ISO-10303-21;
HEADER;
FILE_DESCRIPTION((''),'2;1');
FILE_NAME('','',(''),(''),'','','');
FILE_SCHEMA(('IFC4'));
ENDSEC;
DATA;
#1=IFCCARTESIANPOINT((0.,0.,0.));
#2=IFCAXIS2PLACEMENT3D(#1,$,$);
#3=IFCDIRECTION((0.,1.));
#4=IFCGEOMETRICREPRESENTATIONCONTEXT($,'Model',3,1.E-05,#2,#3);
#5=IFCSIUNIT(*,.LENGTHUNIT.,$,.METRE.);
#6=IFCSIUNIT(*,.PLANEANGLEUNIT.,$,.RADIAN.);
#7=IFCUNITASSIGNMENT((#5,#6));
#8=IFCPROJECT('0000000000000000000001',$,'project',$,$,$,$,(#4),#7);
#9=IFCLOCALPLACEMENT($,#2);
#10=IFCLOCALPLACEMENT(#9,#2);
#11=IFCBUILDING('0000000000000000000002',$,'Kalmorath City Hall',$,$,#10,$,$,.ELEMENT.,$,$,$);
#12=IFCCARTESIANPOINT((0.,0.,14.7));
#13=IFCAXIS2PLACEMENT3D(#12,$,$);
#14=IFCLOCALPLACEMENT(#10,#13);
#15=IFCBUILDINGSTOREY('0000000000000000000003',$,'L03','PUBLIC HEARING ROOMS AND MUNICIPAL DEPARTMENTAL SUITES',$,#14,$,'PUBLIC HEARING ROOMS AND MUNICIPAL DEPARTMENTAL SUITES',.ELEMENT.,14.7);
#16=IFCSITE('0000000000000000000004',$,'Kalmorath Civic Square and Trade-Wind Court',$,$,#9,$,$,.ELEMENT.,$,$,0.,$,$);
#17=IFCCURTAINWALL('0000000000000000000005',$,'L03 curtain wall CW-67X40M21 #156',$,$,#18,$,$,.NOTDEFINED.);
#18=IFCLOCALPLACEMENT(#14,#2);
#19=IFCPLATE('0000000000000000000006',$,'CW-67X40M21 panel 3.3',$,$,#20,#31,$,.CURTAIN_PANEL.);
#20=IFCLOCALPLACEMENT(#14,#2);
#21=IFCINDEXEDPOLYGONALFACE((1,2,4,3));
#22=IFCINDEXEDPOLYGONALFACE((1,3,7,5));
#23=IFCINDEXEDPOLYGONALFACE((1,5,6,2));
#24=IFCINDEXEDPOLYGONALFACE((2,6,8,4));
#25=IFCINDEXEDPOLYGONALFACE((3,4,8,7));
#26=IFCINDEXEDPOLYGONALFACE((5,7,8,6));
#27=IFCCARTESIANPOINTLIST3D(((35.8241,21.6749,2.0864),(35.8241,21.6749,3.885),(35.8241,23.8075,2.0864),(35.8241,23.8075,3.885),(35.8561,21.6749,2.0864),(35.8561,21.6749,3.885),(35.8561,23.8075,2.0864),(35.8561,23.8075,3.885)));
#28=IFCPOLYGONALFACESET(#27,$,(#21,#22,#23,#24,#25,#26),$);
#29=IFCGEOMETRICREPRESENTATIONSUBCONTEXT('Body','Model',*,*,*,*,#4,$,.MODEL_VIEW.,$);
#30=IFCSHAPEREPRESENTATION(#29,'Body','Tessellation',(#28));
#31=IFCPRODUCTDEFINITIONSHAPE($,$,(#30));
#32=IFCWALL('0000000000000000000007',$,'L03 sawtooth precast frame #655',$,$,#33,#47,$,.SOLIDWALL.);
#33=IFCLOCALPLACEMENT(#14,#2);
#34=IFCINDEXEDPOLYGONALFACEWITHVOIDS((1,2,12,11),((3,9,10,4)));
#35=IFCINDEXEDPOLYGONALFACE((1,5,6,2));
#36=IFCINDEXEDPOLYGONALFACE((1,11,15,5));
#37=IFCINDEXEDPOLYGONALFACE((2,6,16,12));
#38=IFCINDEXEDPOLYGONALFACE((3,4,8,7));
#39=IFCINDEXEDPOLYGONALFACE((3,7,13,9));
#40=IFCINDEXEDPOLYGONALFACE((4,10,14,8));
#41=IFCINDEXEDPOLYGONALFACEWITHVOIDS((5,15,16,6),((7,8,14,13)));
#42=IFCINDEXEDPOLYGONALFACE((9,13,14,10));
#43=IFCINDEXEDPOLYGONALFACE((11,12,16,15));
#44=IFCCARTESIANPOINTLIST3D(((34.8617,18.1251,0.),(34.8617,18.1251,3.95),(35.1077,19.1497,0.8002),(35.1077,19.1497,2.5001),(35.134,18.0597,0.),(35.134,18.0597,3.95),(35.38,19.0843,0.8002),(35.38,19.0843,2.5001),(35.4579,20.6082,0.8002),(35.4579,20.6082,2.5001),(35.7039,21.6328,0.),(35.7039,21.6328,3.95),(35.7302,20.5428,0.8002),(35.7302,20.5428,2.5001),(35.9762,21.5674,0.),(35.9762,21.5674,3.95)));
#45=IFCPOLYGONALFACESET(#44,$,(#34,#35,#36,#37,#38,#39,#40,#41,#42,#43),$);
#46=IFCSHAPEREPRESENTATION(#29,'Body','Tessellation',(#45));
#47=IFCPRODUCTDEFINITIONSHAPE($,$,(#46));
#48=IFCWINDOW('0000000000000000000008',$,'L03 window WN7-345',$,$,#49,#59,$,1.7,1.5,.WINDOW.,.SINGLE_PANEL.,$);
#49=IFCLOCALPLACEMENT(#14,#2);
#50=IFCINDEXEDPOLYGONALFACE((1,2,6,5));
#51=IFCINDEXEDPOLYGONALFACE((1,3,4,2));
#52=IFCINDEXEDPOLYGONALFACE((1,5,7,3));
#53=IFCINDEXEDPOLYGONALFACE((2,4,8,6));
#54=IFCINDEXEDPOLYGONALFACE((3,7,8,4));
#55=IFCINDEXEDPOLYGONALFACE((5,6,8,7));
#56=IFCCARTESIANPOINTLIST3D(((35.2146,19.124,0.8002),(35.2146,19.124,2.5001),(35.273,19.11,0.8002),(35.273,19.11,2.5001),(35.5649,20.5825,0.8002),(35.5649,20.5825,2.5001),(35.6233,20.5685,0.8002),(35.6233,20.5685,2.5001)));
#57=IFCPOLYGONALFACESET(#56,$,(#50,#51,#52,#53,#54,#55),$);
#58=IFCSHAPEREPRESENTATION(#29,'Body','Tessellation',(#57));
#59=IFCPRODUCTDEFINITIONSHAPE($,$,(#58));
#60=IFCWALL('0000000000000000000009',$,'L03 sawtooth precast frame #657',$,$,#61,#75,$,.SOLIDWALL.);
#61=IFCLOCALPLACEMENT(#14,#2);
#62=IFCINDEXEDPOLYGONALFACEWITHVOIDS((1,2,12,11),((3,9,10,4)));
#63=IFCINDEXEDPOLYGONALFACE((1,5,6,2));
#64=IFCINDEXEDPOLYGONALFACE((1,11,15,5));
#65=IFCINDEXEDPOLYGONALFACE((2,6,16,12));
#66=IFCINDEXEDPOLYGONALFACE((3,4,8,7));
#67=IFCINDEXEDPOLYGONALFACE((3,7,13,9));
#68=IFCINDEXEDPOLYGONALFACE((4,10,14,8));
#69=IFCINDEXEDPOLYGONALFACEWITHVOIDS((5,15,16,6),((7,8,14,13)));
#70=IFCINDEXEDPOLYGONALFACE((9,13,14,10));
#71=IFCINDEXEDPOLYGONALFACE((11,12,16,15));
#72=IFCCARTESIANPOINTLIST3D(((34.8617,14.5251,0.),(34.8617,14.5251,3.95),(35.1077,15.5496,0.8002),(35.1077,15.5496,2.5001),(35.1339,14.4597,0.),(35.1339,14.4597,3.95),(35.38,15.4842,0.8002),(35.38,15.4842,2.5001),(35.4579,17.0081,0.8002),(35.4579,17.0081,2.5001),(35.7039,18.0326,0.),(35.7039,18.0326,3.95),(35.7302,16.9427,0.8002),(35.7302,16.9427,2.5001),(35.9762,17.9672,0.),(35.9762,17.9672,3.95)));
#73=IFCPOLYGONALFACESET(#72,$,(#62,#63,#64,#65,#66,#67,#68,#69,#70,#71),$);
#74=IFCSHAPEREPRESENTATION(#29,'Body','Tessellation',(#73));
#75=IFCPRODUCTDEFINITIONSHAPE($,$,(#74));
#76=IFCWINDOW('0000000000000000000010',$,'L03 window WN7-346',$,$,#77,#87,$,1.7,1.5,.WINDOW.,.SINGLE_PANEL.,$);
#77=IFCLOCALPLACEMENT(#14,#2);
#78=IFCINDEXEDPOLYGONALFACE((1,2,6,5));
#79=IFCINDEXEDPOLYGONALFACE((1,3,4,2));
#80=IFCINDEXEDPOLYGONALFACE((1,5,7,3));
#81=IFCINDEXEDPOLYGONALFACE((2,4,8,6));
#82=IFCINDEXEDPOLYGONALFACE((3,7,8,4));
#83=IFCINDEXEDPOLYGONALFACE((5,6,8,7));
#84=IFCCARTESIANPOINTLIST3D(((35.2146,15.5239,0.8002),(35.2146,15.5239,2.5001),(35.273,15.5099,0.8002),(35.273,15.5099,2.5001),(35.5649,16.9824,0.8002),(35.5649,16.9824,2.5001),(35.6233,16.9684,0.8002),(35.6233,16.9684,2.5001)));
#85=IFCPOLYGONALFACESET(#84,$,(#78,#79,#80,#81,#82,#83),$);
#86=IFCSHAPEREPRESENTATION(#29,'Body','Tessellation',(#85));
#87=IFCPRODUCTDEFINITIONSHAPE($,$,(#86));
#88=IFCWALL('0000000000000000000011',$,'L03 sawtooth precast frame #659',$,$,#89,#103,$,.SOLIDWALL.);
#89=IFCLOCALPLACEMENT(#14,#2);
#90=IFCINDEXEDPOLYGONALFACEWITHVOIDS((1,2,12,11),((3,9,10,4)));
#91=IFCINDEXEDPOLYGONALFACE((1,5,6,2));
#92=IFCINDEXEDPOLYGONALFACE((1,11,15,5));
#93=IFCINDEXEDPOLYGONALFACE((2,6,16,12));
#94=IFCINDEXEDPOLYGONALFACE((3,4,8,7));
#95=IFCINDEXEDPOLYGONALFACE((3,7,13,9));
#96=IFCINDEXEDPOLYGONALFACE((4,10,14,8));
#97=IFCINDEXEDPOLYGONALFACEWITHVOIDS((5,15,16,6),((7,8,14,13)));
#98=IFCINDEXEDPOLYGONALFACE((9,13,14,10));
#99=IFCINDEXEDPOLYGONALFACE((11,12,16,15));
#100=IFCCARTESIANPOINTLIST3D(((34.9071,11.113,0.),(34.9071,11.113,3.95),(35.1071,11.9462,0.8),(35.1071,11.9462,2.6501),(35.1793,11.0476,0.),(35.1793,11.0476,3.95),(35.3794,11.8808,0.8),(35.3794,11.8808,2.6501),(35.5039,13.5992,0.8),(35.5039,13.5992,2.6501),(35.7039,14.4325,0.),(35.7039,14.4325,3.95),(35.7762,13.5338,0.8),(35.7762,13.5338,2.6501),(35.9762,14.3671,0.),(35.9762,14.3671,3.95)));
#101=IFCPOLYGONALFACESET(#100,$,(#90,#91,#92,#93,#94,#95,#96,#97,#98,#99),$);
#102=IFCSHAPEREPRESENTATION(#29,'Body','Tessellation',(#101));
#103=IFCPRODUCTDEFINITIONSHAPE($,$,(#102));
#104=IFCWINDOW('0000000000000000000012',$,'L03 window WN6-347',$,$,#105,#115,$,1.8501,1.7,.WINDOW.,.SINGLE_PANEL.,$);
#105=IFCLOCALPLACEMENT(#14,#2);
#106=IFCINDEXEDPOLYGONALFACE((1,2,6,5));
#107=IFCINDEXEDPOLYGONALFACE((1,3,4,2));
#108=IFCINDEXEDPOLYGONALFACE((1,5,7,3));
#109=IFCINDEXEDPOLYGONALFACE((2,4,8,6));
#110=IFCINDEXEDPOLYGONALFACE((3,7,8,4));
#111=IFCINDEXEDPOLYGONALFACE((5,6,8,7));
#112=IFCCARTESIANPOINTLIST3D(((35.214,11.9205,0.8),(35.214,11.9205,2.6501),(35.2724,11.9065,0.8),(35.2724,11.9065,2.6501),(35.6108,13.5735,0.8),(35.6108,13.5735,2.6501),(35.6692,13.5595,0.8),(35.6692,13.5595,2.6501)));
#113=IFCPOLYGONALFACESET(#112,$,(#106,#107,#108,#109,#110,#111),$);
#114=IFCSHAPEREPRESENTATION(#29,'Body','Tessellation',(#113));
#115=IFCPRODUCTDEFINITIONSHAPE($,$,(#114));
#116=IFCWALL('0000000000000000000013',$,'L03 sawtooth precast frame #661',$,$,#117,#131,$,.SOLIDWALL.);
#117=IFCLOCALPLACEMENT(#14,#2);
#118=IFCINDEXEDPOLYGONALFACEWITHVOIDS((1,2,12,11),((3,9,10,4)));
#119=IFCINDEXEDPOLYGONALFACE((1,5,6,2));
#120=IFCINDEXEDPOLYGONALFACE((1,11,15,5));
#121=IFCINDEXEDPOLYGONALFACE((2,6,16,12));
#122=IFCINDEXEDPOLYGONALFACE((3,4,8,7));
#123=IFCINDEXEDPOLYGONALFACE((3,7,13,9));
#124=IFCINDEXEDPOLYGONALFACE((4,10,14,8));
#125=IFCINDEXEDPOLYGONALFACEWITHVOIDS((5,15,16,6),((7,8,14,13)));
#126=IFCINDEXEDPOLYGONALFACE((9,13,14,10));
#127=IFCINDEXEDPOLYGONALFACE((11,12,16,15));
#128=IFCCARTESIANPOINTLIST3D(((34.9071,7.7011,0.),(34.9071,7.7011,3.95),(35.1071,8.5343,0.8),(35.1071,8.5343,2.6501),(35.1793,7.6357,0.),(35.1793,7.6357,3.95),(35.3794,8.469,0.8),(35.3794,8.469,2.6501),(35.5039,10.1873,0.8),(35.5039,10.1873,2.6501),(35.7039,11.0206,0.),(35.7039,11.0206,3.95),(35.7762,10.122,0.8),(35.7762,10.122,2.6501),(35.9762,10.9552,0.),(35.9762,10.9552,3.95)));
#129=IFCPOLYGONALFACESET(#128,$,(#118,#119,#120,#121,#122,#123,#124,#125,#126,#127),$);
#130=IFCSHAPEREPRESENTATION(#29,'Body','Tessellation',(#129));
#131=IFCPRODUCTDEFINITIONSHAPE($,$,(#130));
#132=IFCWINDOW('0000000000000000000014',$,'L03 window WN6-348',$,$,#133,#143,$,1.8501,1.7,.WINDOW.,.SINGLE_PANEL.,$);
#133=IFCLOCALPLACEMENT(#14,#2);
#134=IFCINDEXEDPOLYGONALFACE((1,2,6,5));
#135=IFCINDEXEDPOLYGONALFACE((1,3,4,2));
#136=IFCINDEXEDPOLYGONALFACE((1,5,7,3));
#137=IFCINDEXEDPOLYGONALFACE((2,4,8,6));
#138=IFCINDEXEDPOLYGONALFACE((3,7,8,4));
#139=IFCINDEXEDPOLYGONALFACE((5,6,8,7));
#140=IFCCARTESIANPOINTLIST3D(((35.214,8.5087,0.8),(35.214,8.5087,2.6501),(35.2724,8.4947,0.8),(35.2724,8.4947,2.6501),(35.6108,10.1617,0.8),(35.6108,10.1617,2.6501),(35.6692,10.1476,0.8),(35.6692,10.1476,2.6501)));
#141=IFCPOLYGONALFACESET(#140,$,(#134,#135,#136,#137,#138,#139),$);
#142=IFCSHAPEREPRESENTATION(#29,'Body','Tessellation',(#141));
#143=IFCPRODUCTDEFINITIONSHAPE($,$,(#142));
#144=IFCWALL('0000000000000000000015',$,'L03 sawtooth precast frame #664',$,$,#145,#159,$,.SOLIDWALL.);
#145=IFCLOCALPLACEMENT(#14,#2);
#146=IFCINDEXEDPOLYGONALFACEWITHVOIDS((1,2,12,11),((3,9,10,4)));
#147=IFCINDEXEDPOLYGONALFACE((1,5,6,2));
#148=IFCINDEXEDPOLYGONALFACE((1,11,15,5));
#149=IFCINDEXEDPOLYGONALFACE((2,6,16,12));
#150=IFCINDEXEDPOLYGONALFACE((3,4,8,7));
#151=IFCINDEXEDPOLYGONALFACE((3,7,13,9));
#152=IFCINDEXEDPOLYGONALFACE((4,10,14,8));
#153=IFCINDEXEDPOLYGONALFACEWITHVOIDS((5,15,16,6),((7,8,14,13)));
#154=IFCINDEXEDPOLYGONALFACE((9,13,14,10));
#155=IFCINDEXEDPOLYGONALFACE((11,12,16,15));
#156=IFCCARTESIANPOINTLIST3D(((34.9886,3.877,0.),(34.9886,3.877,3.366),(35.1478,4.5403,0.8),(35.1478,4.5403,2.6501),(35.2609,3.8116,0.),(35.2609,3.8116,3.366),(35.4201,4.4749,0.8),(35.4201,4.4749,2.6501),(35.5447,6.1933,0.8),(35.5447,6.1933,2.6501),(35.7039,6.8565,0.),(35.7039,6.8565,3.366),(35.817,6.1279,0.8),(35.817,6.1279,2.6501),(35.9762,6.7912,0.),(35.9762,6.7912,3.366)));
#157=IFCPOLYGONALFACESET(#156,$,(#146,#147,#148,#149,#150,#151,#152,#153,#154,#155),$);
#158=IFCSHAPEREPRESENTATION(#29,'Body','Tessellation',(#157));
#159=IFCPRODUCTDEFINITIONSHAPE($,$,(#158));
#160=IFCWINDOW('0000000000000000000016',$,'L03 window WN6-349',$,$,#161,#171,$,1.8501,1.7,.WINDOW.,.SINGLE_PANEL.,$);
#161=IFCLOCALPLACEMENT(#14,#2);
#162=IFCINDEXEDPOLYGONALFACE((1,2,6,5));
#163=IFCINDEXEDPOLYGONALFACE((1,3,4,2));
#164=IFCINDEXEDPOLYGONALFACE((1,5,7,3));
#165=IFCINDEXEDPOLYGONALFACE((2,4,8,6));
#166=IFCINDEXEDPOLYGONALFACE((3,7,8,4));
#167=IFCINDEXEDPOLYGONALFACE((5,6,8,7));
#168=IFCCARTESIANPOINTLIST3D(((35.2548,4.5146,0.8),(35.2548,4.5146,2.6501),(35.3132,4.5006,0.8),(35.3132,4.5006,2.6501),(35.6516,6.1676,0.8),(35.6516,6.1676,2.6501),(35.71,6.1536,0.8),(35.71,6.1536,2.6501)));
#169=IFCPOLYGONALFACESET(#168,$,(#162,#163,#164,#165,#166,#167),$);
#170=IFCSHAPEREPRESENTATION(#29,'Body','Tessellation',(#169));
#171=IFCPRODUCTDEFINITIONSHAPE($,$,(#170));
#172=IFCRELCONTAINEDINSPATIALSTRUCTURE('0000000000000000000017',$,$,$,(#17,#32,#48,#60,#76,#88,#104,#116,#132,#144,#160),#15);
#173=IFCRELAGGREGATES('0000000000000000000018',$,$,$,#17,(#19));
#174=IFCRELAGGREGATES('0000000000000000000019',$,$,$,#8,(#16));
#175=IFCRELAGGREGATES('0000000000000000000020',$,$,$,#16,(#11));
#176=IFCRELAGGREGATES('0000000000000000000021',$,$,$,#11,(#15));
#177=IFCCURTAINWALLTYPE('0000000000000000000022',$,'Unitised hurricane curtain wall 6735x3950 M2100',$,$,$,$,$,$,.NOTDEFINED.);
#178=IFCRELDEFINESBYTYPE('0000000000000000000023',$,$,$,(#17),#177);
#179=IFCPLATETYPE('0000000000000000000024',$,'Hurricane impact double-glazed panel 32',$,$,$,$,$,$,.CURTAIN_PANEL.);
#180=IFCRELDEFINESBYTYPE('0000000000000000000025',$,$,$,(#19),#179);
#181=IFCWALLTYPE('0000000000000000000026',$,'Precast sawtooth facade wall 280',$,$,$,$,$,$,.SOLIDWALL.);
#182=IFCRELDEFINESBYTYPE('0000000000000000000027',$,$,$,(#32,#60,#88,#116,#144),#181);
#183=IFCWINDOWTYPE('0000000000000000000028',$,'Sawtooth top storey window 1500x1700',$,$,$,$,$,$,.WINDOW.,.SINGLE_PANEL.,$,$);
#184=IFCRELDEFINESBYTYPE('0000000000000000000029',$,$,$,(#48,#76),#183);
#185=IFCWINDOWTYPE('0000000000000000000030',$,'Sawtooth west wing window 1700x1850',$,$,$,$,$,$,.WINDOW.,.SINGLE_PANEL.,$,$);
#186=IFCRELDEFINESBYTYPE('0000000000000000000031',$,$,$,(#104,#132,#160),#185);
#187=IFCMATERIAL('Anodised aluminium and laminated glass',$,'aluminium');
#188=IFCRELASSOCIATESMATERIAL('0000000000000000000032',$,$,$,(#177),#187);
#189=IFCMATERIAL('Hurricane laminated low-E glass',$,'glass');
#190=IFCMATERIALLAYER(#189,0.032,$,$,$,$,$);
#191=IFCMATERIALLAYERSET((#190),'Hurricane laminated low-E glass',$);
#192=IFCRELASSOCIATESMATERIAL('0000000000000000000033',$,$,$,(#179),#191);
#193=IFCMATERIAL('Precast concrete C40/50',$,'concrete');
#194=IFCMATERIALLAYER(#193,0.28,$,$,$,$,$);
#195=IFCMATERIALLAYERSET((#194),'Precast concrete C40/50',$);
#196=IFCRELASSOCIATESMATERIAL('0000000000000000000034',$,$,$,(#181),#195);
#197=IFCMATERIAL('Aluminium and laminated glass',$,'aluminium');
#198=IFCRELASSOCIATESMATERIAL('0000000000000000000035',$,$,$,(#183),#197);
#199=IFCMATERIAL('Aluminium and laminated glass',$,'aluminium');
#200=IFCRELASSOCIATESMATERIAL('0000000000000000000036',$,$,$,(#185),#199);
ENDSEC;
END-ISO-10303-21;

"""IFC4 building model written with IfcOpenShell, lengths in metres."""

from ifc_helpers import new_model, si_unit, direction, frame, frame_2d, origin, origin_2d, place, context, subcontext, project, spatial, rectangle, extrude, material, layer, layer_set, type_object, element, fill, aggregate, save


model = new_model("IFC4")

# Units and contexts
model_context = context("Model", 3, precision=1e-05, world=origin(), true_north=direction((0.0, 1.0)))
body_context = subcontext(model_context, "Body", "Model", "MODEL_VIEW")
ifc_project = project(units=[si_unit("LENGTHUNIT", "METRE"), si_unit("PLANEANGLEUNIT", "RADIAN")], contexts=[model_context])

# Site, building, storey
site_placement = place(None, origin())
site = spatial("IfcSite", under=ifc_project, at=site_placement, Name="Kalmorath Civic Square and Trade-Wind Court", CompositionType="ELEMENT", RefElevation=0.0)
building_placement = place(site_placement, origin())
building = spatial("IfcBuilding", under=site, at=building_placement, Name="Kalmorath City Hall", CompositionType="ELEMENT")
storey_placement = place(building_placement, frame((0.0, 0.0, 14.7)))
storey = spatial("IfcBuildingStorey", under=building, at=storey_placement, Name="L03", Description="PUBLIC HEARING ROOMS AND MUNICIPAL DEPARTMENTAL SUITES", LongName="PUBLIC HEARING ROOMS AND MUNICIPAL DEPARTMENTAL SUITES", CompositionType="ELEMENT", Elevation=14.7)

# Curtain wall
ifc_material_1 = material(Name="Anodised aluminium and laminated glass", Category="aluminium")
curtain_wall_type = type_object("IfcCurtainWallType", Name="Unitised hurricane curtain wall 6735x3950 M2100", PredefinedType="NOTDEFINED", material=ifc_material_1)
curtain_wall_placement = place(storey_placement, origin())
curtain_wall = element("IfcCurtainWall", 1, at=curtain_wall_placement, inside=storey, type_object=curtain_wall_type, Name="L03 curtain wall CW-67X40M21 #156", PredefinedType="NOTDEFINED")

# Plate
ifc_material_2 = material(Name="Hurricane laminated low-E glass", Category="glass")
ifc_layer_1 = layer(ifc_material_2, 0.032)
ifc_layer_set_1 = layer_set([ifc_layer_1], Name="Hurricane laminated low-E glass")
plate_type = type_object("IfcPlateType", Name="Hurricane impact double-glazed panel 32", PredefinedType="CURTAIN_PANEL", material=ifc_layer_set_1)
plate_1_placement = place(storey_placement, frame((35.8401, 22.7412, 2.0864), z_axis=(0.0, 0.0, 1.0), x_axis=(0.0, -1.0, 0.0)))
plate_1 = element("IfcPlate", 2, at=plate_1_placement, type_object=plate_type, Name="CW-67X40M21 panel 3.3", PredefinedType="CURTAIN_PANEL", context=body_context, shape_type="SweptSolid", body=[
    extrude(rectangle(XDim=2.1326, YDim=0.032, at=origin_2d()), origin(), (0.0, 0.0, 1.0), 1.7986),
])
aggregate(curtain_wall, [plate_1])

# Walls, openings, windows
ifc_material_3 = material(Name="Precast concrete C40/50", Category="concrete")
ifc_layer_2 = layer(ifc_material_3, 0.28)
ifc_layer_set_2 = layer_set([ifc_layer_2], Name="Precast concrete C40/50")
wall_type_1 = type_object("IfcWallType", Name="Precast sawtooth facade wall 280", PredefinedType="SOLIDWALL", material=ifc_layer_set_2)
wall_1_placement = place(storey_placement, frame((35.8401, 21.6001, 0.0), z_axis=(0.0, 0.0, 1.0), x_axis=(-0.23348, -0.972361, 0.0)))
wall_1 = element("IfcWall", 3, at=wall_1_placement, inside=storey, type_object=wall_type_1, Name="L03 sawtooth precast frame #655", PredefinedType="SOLIDWALL", context=body_context, shape_type="SweptSolid", body=[
    extrude(rectangle(XDim=3.6074, YDim=0.28, at=frame_2d((1.8037, 0.0))), origin(), (0.0, 0.0, 1.0), 3.95),
])
opening_1_placement = place(wall_1_placement, frame((1.0537, 0.0, 0.8)))
opening_1 = element("IfcOpeningElement", 4, at=opening_1_placement, cuts=wall_1, PredefinedType="OPENING", context=body_context, shape_type="SweptSolid", body=[
    extrude(rectangle(XDim=1.5, YDim=1.7, at=frame_2d((0.75, 0.8501))), frame((0.0, 0.1499, 0.0), z_axis=(0.0, -1.0, 0.0), x_axis=(1.0, 0.0, 0.0)), (0.0, 0.0, 1.0), 0.3),
])
ifc_material_4 = material(Name="Aluminium and laminated glass", Category="aluminium")
window_type_1 = type_object("IfcWindowType", Name="Sawtooth top storey window 1500x1700", PartitioningType="SINGLE_PANEL", PredefinedType="WINDOW", material=ifc_material_4)
window_1_placement = place(opening_1_placement, origin())
window_1 = element("IfcWindow", 5, at=window_1_placement, inside=storey, type_object=window_type_1, Name="L03 window WN7-345", OverallHeight=1.7, OverallWidth=1.5, PartitioningType="SINGLE_PANEL", PredefinedType="WINDOW", context=body_context, shape_type="SweptSolid", body=[
    extrude(rectangle(XDim=1.5, YDim=1.7, at=frame_2d((0.75, 0.8501))), frame((0.0, 0.03, 0.0), z_axis=(0.0, -1.0, 0.0), x_axis=(1.0, 0.0, 0.0)), (0.0, 0.0, 1.0), 0.0601),
])
fill(opening_1, window_1)
wall_2_placement = place(storey_placement, frame((35.8401, 18.0, 0.0), z_axis=(0.0, 0.0, 1.0), x_axis=(-0.233496, -0.972358, 0.0)))
wall_2 = element("IfcWall", 6, at=wall_2_placement, inside=storey, type_object=wall_type_1, Name="L03 sawtooth precast frame #657", PredefinedType="SOLIDWALL", context=body_context, shape_type="SweptSolid", body=[
    extrude(rectangle(XDim=3.6072, YDim=0.28, at=frame_2d((1.8037, 0.0))), origin(), (0.0, 0.0, 1.0), 3.95),
])
opening_2_placement = place(wall_2_placement, frame((1.0537, 0.0, 0.8)))
opening_2 = element("IfcOpeningElement", 7, at=opening_2_placement, cuts=wall_2, PredefinedType="OPENING", context=body_context, shape_type="SweptSolid", body=[
    extrude(rectangle(XDim=1.5, YDim=1.7, at=frame_2d((0.75, 0.8501))), frame((0.0, 0.1499, 0.0), z_axis=(0.0, -1.0, 0.0), x_axis=(1.0, 0.0, 0.0)), (0.0, 0.0, 1.0), 0.3),
])
window_2_placement = place(opening_2_placement, origin())
window_2 = element("IfcWindow", 8, at=window_2_placement, inside=storey, type_object=window_type_1, Name="L03 window WN7-346", OverallHeight=1.7, OverallWidth=1.5, PartitioningType="SINGLE_PANEL", PredefinedType="WINDOW", context=body_context, shape_type="SweptSolid", body=[
    extrude(rectangle(XDim=1.5, YDim=1.7, at=frame_2d((0.75, 0.8501))), frame((0.0, 0.03, 0.0), z_axis=(0.0, -1.0, 0.0), x_axis=(1.0, 0.0, 0.0)), (0.0, 0.0, 1.0), 0.0601),
])
fill(opening_2, window_2)
wall_3_placement = place(storey_placement, frame((35.8401, 14.3999, 0.0), z_axis=(0.0, 0.0, 1.0), x_axis=(-0.233422, -0.972376, 0.0)))
wall_3 = element("IfcWall", 9, at=wall_3_placement, inside=storey, type_object=wall_type_1, Name="L03 sawtooth precast frame #659", PredefinedType="SOLIDWALL", context=body_context, shape_type="SweptSolid", body=[
    extrude(rectangle(XDim=3.4138, YDim=0.28, at=frame_2d((1.707, 0.0))), origin(), (0.0, 0.0, 1.0), 3.95),
])
opening_3_placement = place(wall_3_placement, frame((0.8569, 0.0, 0.8)))
opening_3 = element("IfcOpeningElement", 10, at=opening_3_placement, cuts=wall_3, PredefinedType="OPENING", context=body_context, shape_type="SweptSolid", body=[
    extrude(rectangle(XDim=1.7, YDim=1.8501, at=frame_2d((0.8501, 0.925))), frame((0.0, 0.1499, 0.0), z_axis=(0.0, -1.0, 0.0), x_axis=(1.0, 0.0, 0.0)), (0.0, 0.0, 1.0), 0.3),
])
ifc_material_5 = material(Name="Aluminium and laminated glass", Category="aluminium")
window_type_2 = type_object("IfcWindowType", Name="Sawtooth west wing window 1700x1850", PartitioningType="SINGLE_PANEL", PredefinedType="WINDOW", material=ifc_material_5)
window_3_placement = place(opening_3_placement, origin())
window_3 = element("IfcWindow", 11, at=window_3_placement, inside=storey, type_object=window_type_2, Name="L03 window WN6-347", OverallHeight=1.8501, OverallWidth=1.7, PartitioningType="SINGLE_PANEL", PredefinedType="WINDOW", context=body_context, shape_type="SweptSolid", body=[
    extrude(rectangle(XDim=1.7, YDim=1.8501, at=frame_2d((0.8501, 0.925))), frame((0.0, 0.03, 0.0), z_axis=(0.0, -1.0, 0.0), x_axis=(1.0, 0.0, 0.0)), (0.0, 0.0, 1.0), 0.0601),
])
fill(opening_3, window_3)
wall_4_placement = place(storey_placement, frame((35.8401, 10.988, 0.0), z_axis=(0.0, 0.0, 1.0), x_axis=(-0.233422, -0.972376, 0.0)))
wall_4 = element("IfcWall", 12, at=wall_4_placement, inside=storey, type_object=wall_type_1, Name="L03 sawtooth precast frame #661", PredefinedType="SOLIDWALL", context=body_context, shape_type="SweptSolid", body=[
    extrude(rectangle(XDim=3.4138, YDim=0.28, at=frame_2d((1.707, 0.0))), origin(), (0.0, 0.0, 1.0), 3.95),
])
opening_4_placement = place(wall_4_placement, frame((0.8569, 0.0, 0.8)))
opening_4 = element("IfcOpeningElement", 13, at=opening_4_placement, cuts=wall_4, PredefinedType="OPENING", context=body_context, shape_type="SweptSolid", body=[
    extrude(rectangle(XDim=1.7, YDim=1.8501, at=frame_2d((0.8501, 0.925))), frame((0.0, 0.1499, 0.0), z_axis=(0.0, -1.0, 0.0), x_axis=(1.0, 0.0, 0.0)), (0.0, 0.0, 1.0), 0.3),
])
window_4_placement = place(opening_4_placement, origin())
window_4 = element("IfcWindow", 14, at=window_4_placement, inside=storey, type_object=window_type_2, Name="L03 window WN6-348", OverallHeight=1.8501, OverallWidth=1.7, PartitioningType="SINGLE_PANEL", PredefinedType="WINDOW", context=body_context, shape_type="SweptSolid", body=[
    extrude(rectangle(XDim=1.7, YDim=1.8501, at=frame_2d((0.8501, 0.925))), frame((0.0, 0.03, 0.0), z_axis=(0.0, -1.0, 0.0), x_axis=(1.0, 0.0, 0.0)), (0.0, 0.0, 1.0), 0.0601),
])
fill(opening_4, window_4)
wall_5_placement = place(storey_placement, frame((35.8401, 6.824, 0.0), z_axis=(0.0, 0.0, 1.0), x_axis=(-0.233451, -0.972368, 0.0)))
wall_5 = element("IfcWall", 15, at=wall_5_placement, inside=storey, type_object=wall_type_1, Name="L03 sawtooth precast frame #664", PredefinedType="SOLIDWALL", context=body_context, shape_type="SweptSolid", body=[
    extrude(rectangle(XDim=3.0642, YDim=0.28, at=frame_2d((1.5322, 0.0))), origin(), (0.0, 0.0, 1.0), 3.366),
])
opening_5_placement = place(wall_5_placement, frame((0.6821, 0.0, 0.8)))
opening_5 = element("IfcOpeningElement", 16, at=opening_5_placement, cuts=wall_5, PredefinedType="OPENING", context=body_context, shape_type="SweptSolid", body=[
    extrude(rectangle(XDim=1.7, YDim=1.8501, at=frame_2d((0.8501, 0.925))), frame((0.0, 0.1499, 0.0), z_axis=(0.0, -1.0, 0.0), x_axis=(1.0, 0.0, 0.0)), (0.0, 0.0, 1.0), 0.3),
])
window_5_placement = place(opening_5_placement, origin())
window_5 = element("IfcWindow", 17, at=window_5_placement, inside=storey, type_object=window_type_2, Name="L03 window WN6-349", OverallHeight=1.8501, OverallWidth=1.7, PartitioningType="SINGLE_PANEL", PredefinedType="WINDOW", context=body_context, shape_type="SweptSolid", body=[
    extrude(rectangle(XDim=1.7, YDim=1.8501, at=frame_2d((0.8501, 0.925))), frame((0.0, 0.03, 0.0), z_axis=(0.0, -1.0, 0.0), x_axis=(1.0, 0.0, 0.0)), (0.0, 0.0, 1.0), 0.0601),
])
fill(opening_5, window_5)

save(model, "model.ifc")
